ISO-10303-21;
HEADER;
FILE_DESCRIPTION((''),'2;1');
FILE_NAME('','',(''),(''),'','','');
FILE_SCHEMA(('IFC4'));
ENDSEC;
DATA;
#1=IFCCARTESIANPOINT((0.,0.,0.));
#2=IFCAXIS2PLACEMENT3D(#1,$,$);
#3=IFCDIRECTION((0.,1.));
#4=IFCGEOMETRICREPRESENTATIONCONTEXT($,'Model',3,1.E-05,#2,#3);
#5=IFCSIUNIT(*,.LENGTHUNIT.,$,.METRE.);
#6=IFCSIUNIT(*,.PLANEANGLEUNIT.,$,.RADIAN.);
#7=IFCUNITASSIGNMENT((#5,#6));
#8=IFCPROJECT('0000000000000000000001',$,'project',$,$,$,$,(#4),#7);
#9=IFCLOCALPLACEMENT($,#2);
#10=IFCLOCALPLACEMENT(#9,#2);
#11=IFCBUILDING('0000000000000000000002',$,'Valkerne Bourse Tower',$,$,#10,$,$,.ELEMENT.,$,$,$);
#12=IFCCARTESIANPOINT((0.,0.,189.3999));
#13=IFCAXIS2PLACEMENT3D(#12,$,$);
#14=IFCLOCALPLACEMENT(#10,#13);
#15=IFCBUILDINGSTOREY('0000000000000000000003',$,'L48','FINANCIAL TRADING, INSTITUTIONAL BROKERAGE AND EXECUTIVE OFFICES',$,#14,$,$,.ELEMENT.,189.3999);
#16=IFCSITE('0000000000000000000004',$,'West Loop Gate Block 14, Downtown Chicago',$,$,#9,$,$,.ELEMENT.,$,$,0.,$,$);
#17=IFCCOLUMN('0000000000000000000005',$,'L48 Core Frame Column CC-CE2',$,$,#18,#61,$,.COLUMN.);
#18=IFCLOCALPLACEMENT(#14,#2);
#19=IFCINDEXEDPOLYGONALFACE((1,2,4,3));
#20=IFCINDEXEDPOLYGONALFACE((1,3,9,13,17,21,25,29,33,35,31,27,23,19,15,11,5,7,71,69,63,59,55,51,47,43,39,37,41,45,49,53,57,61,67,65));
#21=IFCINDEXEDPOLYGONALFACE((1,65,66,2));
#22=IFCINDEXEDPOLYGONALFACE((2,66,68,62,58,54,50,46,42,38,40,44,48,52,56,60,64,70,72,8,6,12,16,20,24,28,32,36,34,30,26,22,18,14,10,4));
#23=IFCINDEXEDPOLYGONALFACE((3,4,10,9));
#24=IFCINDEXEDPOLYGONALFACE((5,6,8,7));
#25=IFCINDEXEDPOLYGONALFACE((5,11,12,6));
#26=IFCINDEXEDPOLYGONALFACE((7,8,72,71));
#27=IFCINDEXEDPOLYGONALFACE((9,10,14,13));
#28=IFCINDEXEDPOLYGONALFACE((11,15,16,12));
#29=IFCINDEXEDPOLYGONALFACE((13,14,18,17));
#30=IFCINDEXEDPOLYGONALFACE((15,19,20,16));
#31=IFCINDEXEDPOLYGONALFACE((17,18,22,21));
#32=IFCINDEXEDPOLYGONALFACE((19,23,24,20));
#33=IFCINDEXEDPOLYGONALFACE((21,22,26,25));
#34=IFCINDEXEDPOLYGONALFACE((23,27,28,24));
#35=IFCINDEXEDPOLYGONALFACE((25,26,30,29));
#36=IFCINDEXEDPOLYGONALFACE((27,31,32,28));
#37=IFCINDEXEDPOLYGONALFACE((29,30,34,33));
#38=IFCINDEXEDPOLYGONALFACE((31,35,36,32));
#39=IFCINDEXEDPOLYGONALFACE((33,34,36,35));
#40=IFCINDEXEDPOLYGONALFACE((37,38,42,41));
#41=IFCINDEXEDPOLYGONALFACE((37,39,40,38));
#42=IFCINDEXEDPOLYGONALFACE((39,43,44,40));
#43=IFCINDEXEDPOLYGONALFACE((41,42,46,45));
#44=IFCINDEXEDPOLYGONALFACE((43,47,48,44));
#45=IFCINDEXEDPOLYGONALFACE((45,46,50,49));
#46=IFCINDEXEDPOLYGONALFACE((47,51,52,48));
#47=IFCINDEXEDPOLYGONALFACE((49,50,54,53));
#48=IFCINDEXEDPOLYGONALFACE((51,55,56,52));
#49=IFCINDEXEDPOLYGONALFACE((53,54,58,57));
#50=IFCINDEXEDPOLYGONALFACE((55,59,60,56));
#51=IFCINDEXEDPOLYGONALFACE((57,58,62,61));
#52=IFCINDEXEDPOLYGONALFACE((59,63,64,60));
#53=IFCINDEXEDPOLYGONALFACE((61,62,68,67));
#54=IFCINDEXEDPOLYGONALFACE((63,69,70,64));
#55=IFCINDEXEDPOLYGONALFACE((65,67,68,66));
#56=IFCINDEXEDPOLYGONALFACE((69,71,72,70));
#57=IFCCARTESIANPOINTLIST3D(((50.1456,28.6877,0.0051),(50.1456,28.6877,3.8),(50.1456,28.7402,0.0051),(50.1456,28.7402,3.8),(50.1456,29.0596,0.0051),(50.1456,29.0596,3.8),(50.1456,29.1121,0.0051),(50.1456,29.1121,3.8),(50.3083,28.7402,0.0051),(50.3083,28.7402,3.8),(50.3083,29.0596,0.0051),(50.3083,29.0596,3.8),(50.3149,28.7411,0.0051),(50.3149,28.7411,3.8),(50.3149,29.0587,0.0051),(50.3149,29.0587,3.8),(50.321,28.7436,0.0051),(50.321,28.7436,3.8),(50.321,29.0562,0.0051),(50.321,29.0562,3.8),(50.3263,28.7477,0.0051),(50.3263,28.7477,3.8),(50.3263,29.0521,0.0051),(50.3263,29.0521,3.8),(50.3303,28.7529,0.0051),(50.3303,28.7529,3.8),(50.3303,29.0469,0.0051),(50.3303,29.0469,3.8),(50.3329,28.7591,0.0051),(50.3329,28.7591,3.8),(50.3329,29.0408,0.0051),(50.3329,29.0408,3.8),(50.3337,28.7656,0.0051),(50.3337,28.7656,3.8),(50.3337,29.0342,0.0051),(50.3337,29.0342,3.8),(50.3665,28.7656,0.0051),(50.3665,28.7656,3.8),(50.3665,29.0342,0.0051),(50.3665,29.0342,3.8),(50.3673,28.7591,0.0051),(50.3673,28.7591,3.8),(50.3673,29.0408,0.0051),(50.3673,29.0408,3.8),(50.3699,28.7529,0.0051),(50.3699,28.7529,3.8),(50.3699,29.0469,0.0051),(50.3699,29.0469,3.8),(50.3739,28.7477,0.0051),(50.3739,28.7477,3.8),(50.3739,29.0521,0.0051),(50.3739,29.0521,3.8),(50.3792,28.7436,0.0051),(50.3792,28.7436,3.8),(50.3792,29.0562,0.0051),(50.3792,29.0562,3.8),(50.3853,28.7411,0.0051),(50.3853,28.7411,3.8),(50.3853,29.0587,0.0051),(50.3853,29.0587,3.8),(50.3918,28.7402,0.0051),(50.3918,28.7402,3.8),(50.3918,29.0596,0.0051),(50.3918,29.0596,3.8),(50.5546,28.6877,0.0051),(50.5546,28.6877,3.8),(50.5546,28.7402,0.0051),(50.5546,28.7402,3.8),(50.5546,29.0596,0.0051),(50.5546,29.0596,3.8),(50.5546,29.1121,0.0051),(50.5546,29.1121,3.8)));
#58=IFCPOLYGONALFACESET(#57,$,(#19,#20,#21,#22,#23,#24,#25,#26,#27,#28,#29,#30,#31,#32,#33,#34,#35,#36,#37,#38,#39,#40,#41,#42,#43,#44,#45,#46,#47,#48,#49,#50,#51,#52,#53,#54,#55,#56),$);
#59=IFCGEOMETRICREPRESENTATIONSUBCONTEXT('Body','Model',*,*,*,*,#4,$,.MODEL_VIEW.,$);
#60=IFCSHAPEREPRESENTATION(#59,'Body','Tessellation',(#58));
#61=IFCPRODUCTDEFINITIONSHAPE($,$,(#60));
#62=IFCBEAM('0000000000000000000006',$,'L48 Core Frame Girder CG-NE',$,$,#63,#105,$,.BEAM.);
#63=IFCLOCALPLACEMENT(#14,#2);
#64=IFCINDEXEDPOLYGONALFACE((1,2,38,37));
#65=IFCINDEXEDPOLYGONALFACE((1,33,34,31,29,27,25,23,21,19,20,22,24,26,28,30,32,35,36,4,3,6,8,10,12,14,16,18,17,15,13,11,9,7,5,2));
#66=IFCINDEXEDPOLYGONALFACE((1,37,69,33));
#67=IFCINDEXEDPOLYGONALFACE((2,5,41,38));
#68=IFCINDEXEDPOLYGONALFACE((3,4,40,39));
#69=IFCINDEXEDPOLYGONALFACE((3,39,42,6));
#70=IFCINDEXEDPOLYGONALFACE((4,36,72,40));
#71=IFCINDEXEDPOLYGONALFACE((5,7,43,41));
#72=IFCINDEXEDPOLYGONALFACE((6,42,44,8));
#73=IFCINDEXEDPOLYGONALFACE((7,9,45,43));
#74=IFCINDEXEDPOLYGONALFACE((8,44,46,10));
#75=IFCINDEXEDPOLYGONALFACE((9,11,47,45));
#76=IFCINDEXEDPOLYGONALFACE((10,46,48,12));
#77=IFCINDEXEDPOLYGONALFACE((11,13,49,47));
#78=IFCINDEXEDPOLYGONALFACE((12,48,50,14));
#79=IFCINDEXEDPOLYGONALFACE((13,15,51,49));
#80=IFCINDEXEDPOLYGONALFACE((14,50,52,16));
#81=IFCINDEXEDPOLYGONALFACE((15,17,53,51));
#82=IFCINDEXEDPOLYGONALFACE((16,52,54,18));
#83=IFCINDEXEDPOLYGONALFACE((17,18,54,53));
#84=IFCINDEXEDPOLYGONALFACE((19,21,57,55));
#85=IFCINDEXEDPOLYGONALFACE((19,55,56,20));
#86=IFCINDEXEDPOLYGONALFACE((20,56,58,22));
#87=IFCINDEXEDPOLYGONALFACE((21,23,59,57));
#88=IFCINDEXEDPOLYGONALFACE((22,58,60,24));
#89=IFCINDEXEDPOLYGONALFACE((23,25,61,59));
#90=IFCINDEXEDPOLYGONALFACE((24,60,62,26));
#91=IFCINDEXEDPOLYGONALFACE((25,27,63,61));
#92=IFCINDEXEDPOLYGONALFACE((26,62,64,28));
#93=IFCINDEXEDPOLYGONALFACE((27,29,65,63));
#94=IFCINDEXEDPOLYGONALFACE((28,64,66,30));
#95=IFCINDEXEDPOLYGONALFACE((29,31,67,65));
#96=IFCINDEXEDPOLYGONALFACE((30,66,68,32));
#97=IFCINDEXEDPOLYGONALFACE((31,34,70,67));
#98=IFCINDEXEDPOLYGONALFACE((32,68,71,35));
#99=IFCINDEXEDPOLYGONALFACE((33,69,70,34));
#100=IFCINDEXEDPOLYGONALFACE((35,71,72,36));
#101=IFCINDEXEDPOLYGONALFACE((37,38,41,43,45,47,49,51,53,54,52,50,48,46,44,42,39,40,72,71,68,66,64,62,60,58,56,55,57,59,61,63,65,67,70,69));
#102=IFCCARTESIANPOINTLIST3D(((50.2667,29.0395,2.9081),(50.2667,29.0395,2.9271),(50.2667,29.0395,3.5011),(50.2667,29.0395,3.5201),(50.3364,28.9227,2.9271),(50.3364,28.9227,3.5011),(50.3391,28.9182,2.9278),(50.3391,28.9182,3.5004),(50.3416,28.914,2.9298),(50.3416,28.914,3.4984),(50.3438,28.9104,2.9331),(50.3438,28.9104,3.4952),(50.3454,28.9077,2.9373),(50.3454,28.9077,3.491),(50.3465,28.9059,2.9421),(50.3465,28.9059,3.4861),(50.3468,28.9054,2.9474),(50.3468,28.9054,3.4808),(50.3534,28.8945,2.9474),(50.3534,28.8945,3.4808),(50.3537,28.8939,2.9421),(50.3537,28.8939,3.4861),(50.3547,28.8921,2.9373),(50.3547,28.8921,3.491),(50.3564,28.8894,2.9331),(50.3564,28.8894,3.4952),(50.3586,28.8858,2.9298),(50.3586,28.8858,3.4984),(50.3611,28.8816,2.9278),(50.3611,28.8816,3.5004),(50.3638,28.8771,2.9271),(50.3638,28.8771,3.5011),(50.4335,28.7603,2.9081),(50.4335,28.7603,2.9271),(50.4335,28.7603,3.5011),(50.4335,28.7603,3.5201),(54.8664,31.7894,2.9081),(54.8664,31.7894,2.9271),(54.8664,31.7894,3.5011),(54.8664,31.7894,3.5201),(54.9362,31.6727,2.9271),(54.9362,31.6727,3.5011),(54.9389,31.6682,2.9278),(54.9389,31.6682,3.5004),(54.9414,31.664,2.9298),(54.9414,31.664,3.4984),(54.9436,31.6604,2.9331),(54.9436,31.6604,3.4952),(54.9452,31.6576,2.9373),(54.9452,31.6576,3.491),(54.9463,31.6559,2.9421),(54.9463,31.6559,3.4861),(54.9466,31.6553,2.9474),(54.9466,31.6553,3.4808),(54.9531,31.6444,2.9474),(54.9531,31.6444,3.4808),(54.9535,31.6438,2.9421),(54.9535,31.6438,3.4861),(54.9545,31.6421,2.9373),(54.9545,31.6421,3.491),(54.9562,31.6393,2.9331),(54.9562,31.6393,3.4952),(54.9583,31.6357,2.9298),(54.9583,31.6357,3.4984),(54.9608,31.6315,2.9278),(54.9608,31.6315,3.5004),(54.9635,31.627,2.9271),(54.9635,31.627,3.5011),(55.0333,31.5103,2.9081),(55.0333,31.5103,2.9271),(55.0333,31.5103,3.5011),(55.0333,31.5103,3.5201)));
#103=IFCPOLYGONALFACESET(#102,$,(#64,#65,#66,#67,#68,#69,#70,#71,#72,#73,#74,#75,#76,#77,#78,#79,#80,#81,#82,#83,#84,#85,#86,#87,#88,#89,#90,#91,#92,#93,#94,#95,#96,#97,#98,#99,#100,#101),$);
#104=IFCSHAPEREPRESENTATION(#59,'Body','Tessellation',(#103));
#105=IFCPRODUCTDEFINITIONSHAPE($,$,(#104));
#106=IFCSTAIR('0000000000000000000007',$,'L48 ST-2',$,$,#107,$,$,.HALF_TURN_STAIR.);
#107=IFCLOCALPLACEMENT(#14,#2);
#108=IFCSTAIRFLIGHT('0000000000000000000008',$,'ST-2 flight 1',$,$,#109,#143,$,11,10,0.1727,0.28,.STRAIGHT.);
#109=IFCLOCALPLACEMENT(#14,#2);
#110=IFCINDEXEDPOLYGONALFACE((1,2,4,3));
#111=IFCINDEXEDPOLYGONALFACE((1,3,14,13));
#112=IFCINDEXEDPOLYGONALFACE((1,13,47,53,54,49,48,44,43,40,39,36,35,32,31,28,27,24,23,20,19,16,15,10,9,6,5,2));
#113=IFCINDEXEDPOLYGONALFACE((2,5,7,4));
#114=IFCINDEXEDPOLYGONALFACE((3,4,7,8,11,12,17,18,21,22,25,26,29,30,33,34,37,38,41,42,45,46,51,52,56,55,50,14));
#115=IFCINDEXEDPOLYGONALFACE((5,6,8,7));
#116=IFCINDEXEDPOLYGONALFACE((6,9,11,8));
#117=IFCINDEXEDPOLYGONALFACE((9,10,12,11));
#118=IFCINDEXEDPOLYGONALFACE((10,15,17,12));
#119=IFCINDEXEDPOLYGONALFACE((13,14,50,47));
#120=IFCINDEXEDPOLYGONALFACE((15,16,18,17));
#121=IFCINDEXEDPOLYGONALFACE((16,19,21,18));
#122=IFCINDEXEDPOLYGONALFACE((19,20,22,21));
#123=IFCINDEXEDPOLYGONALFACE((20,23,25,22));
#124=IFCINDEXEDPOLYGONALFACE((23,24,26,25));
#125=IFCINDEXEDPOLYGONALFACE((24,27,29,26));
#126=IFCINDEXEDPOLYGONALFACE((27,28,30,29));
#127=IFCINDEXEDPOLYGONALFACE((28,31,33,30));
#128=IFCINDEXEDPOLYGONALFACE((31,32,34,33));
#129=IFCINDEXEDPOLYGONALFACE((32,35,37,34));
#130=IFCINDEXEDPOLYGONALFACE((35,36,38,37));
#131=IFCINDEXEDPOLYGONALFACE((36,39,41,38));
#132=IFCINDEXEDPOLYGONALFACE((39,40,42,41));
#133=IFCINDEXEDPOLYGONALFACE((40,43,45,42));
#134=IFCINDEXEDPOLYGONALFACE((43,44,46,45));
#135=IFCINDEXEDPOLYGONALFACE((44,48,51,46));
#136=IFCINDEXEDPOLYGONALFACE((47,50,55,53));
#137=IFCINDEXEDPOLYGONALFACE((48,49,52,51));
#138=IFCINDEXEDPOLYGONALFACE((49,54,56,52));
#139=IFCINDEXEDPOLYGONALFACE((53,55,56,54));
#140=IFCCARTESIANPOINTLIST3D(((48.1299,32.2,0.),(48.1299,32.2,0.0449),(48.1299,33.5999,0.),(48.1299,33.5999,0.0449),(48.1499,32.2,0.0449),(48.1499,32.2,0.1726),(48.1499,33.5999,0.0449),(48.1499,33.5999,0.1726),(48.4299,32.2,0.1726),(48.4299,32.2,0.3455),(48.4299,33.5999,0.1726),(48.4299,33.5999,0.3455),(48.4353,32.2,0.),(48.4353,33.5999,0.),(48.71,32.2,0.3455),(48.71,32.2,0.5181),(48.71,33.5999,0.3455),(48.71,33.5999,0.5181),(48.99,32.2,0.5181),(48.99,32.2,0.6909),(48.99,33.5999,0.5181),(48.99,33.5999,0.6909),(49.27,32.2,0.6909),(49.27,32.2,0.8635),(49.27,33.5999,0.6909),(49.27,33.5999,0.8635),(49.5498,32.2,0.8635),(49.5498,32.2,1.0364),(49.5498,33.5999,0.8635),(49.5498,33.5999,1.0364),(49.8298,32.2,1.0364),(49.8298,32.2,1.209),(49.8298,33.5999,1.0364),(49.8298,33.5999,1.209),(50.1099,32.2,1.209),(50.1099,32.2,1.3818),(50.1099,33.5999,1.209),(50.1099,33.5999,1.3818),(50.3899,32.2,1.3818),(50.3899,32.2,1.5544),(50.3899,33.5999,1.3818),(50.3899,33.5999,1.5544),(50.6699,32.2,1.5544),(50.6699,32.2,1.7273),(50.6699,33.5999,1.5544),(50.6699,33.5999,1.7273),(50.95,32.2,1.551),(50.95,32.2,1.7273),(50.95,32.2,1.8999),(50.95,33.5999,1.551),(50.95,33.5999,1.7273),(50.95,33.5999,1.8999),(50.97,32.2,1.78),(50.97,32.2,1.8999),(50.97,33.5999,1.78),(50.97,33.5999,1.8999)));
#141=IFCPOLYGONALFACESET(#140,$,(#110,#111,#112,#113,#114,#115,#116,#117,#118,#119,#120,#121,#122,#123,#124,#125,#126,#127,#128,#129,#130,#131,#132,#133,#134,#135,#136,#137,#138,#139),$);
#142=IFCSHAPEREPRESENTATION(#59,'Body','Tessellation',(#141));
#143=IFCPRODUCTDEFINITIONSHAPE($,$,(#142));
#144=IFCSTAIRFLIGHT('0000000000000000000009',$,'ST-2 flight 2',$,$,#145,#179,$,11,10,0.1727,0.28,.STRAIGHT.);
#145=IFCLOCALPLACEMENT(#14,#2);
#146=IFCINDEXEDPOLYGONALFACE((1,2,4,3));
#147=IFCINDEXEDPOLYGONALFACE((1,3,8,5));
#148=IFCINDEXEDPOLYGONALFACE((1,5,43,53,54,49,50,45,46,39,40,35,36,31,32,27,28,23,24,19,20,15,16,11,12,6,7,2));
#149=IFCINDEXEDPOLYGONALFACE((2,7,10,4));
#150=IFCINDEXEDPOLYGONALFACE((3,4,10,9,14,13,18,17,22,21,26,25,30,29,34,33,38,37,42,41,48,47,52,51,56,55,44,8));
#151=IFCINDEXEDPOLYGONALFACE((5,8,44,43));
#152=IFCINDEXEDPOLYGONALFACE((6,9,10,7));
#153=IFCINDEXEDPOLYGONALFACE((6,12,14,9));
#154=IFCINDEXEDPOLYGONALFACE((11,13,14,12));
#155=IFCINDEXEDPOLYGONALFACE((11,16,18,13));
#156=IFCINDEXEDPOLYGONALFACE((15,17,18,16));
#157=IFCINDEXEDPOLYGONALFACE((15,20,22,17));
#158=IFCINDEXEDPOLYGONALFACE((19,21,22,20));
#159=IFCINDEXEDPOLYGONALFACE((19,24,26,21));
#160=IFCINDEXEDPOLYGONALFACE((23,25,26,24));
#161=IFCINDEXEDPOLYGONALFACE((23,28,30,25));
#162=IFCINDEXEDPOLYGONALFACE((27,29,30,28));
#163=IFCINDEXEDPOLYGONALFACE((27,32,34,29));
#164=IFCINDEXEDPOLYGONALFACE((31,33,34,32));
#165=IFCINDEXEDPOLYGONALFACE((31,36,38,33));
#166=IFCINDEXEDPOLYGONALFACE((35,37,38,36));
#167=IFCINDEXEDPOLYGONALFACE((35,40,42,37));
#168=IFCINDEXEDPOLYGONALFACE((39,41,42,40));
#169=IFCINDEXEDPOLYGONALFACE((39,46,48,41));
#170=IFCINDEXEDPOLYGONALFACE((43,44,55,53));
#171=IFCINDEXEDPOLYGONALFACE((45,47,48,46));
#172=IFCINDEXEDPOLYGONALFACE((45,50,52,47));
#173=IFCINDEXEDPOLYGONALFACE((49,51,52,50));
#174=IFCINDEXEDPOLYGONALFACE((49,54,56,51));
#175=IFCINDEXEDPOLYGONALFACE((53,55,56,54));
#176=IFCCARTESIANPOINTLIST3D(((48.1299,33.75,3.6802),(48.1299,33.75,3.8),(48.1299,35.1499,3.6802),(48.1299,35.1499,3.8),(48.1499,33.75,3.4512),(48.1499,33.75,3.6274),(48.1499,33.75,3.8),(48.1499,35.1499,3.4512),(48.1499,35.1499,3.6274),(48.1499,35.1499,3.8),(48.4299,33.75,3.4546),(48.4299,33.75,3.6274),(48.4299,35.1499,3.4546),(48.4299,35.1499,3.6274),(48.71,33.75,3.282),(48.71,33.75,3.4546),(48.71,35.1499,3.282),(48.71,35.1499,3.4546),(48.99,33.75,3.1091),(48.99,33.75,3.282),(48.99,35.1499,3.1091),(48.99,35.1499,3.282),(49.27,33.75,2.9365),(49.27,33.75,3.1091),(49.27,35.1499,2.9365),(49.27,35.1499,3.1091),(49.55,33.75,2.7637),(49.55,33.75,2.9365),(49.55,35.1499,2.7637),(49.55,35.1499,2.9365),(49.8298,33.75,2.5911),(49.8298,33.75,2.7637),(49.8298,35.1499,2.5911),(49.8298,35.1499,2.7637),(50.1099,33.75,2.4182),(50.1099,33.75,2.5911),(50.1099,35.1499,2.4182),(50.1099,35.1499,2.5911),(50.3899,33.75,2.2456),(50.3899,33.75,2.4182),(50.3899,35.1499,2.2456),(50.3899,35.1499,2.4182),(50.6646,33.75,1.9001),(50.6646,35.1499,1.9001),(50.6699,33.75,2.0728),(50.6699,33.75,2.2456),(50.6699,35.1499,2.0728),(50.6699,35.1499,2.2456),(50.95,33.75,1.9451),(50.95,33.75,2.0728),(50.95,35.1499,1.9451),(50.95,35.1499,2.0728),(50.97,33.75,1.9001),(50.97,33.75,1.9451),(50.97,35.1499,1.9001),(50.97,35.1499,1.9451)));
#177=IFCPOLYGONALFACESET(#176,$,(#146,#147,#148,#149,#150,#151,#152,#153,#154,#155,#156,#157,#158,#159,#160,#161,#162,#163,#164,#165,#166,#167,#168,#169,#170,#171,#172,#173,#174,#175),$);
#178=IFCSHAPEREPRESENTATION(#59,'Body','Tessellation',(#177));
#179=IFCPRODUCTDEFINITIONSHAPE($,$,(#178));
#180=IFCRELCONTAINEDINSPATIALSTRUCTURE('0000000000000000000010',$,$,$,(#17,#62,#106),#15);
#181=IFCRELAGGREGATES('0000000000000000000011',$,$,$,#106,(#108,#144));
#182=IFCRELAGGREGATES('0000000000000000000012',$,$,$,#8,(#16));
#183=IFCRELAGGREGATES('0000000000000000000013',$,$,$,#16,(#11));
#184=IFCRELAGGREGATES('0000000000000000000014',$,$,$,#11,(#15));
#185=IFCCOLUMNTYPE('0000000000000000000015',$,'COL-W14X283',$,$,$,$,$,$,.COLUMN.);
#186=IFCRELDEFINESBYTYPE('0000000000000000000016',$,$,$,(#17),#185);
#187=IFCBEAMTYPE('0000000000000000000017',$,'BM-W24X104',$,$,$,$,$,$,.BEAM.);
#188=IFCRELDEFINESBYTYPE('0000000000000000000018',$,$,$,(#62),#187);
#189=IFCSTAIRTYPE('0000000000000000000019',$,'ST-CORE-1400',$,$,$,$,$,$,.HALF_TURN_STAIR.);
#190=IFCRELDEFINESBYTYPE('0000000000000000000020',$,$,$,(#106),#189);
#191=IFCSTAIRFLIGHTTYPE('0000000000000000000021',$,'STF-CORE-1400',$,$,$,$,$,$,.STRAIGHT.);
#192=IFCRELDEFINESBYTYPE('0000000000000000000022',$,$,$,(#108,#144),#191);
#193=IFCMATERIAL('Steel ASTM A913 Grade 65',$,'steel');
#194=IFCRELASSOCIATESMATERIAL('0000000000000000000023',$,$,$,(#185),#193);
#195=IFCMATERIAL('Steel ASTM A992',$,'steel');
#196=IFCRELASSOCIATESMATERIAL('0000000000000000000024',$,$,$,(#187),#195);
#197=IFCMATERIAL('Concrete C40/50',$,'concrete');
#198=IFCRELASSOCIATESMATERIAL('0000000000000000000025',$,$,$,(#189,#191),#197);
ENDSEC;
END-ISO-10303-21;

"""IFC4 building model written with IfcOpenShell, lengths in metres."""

from ifc_helpers import new_model, si_unit, direction, frame, origin, origin_2d, place, context, subcontext, project, spatial, polyline, i_section, outline, extrude, material, material_profile, profile_set, type_object, element, aggregate, save


model = new_model("IFC4")

# Units and contexts
model_context = context("Model", 3, precision=1e-05, world=origin(), true_north=direction((0.0, 1.0)))
body_context = subcontext(model_context, "Body", "Model", "MODEL_VIEW")
ifc_project = project(units=[si_unit("LENGTHUNIT", "METRE"), si_unit("PLANEANGLEUNIT", "RADIAN")], contexts=[model_context])

# Site, building, storey
site_placement = place(None, origin())
site = spatial("IfcSite", under=ifc_project, at=site_placement, Name="West Loop Gate Block 14, Downtown Chicago", CompositionType="ELEMENT", RefElevation=0.0)
building_placement = place(site_placement, origin())
building = spatial("IfcBuilding", under=site, at=building_placement, Name="Valkerne Bourse Tower", CompositionType="ELEMENT")
storey_placement = place(building_placement, frame((0.0, 0.0, 189.3999)))
storey = spatial("IfcBuildingStorey", under=building, at=storey_placement, Name="L48", Description="FINANCIAL TRADING, INSTITUTIONAL BROKERAGE AND EXECUTIVE OFFICES", CompositionType="ELEMENT", Elevation=189.3999)

# Column
ifc_material_1 = material(Name="Steel ASTM A913 Grade 65", Category="steel")
ifc_material_profile_1 = material_profile(ifc_material_1, i_section(OverallWidth=0.4089, OverallDepth=0.4243, WebThickness=0.0327, FlangeThickness=0.0525, FilletRadius=0.0254, at=origin_2d()), Name="W14X283")
ifc_profile_set_1 = profile_set([ifc_material_profile_1], Name="Steel ASTM A913 Grade 65")
column_type = type_object("IfcColumnType", Name="COL-W14X283", PredefinedType="COLUMN", material=ifc_profile_set_1)
column_placement = place(storey_placement, frame((50.3501, 28.8999, 0.0051), z_axis=(0.0, 0.0, 1.0), x_axis=(1.0, 0.0, 0.0)))
element("IfcColumn", 1, at=column_placement, inside=storey, type_object=column_type, Name="L48 Core Frame Column CC-CE2", PredefinedType="COLUMN", context=body_context, shape_type="SweptSolid", body=[
    extrude(i_section(OverallWidth=0.4089, OverallDepth=0.4243, WebThickness=0.0327, FlangeThickness=0.0525, FilletRadius=0.0254, at=origin_2d()), origin(), (0.0, 0.0, 1.0), 3.7949),
])

# Beam
ifc_material_2 = material(Name="Steel ASTM A992", Category="steel")
ifc_material_profile_2 = material_profile(ifc_material_2, i_section(OverallWidth=0.3252, OverallDepth=0.6121, WebThickness=0.0127, FlangeThickness=0.019, FilletRadius=0.0203, at=origin_2d()), Name="W24X104")
ifc_profile_set_2 = profile_set([ifc_material_profile_2], Name="Steel ASTM A992")
beam_type = type_object("IfcBeamType", Name="BM-W24X104", PredefinedType="BEAM", material=ifc_profile_set_2)
beam_placement = place(storey_placement, frame((50.3501, 28.8999, 3.2141), z_axis=(0.858308, 0.513135, 0.0), x_axis=(-0.513135, 0.858308, 0.0)))
element("IfcBeam", 2, at=beam_placement, inside=storey, type_object=beam_type, Name="L48 Core Frame Girder CG-NE", PredefinedType="BEAM", context=body_context, shape_type="SweptSolid", body=[
    extrude(i_section(OverallWidth=0.3252, OverallDepth=0.6121, WebThickness=0.0127, FlangeThickness=0.019, FilletRadius=0.0203, at=origin_2d()), origin(), (0.0, 0.0, 1.0), 5.3591),
])

# Stair, stair flights
ifc_material_3 = material(Name="Concrete C40/50", Category="concrete")
stair_type = type_object("IfcStairType", Name="ST-CORE-1400", PredefinedType="HALF_TURN_STAIR", material=ifc_material_3)
stair_placement = place(storey_placement, origin())
stair = element("IfcStair", 3, at=stair_placement, inside=storey, type_object=stair_type, Name="L48 ST-2", PredefinedType="HALF_TURN_STAIR")
stair_flight_type = type_object("IfcStairFlightType", Name="STF-CORE-1400", PredefinedType="STRAIGHT", material=ifc_material_3)
stair_flight_1_placement = place(storey_placement, frame((48.1499, 32.8999, 0.0), z_axis=(0.0, 0.0, 1.0), x_axis=(1.0, 0.0, 0.0)))
stair_flight_1 = element("IfcStairFlight", 4, at=stair_flight_1_placement, type_object=stair_flight_type, Name="ST-2 flight 1", NumberOfRisers=11, NumberOfTreads=10, PredefinedType="STRAIGHT", RiserHeight=0.1727, TreadLength=0.28, context=body_context, shape_type="SweptSolid", body=[
    extrude(outline(polyline([(-0.02, 0.0), (-0.02, 0.0449), (0.0, 0.0449), (0.0, 0.1726), (0.28, 0.1726), (0.28, 0.3455), (0.5601, 0.3455), (0.5601, 0.5181), (0.8401, 0.5181), (0.8401, 0.6909), (1.1201, 0.6909), (1.1201, 0.8635), (1.3999, 0.8635), (1.3999, 1.0364), (1.6799, 1.0364), (1.6799, 1.209), (1.96, 1.209), (1.96, 1.3818), (2.24, 1.3818), (2.24, 1.5544), (2.52, 1.5544), (2.52, 1.7273), (2.8, 1.7273), (2.8, 1.8999), (2.8201, 1.8999), (2.8201, 1.78), (2.8, 1.551), (0.2854, 0.0), (-0.02, 0.0)])), frame((0.0, 0.7, 0.0), z_axis=(0.0, -1.0, 0.0), x_axis=(1.0, 0.0, 0.0)), (0.0, 0.0, 1.0), 1.3999),
])
stair_flight_2_placement = place(storey_placement, frame((50.95, 34.45, 1.9001), z_axis=(0.0, 0.0, 1.0), x_axis=(-1.0, 0.0, 0.0)))
stair_flight_2 = element("IfcStairFlight", 5, at=stair_flight_2_placement, type_object=stair_flight_type, Name="ST-2 flight 2", NumberOfRisers=11, NumberOfTreads=10, PredefinedType="STRAIGHT", RiserHeight=0.1727, TreadLength=0.28, context=body_context, shape_type="SweptSolid", body=[
    extrude(outline(polyline([(-0.02, 0.0), (-0.02, 0.0449), (0.0, 0.0449), (0.0, 0.1726), (0.28, 0.1726), (0.28, 0.3455), (0.5601, 0.3455), (0.5601, 0.5181), (0.8401, 0.5181), (0.8401, 0.6909), (1.1201, 0.6909), (1.1201, 0.8635), (1.3999, 0.8635), (1.3999, 1.0364), (1.6799, 1.0364), (1.6799, 1.209), (1.96, 1.209), (1.96, 1.3818), (2.24, 1.3818), (2.24, 1.5544), (2.52, 1.5544), (2.52, 1.7273), (2.8, 1.7273), (2.8, 1.8999), (2.8201, 1.8999), (2.8201, 1.78), (2.8, 1.551), (0.2854, 0.0), (-0.02, 0.0)])), frame((0.0, 0.7, 0.0), z_axis=(0.0, -1.0, 0.0), x_axis=(1.0, 0.0, 0.0)), (0.0, 0.0, 1.0), 1.3999),
])
aggregate(stair, [stair_flight_1, stair_flight_2])

save(model, "model.ifc")
